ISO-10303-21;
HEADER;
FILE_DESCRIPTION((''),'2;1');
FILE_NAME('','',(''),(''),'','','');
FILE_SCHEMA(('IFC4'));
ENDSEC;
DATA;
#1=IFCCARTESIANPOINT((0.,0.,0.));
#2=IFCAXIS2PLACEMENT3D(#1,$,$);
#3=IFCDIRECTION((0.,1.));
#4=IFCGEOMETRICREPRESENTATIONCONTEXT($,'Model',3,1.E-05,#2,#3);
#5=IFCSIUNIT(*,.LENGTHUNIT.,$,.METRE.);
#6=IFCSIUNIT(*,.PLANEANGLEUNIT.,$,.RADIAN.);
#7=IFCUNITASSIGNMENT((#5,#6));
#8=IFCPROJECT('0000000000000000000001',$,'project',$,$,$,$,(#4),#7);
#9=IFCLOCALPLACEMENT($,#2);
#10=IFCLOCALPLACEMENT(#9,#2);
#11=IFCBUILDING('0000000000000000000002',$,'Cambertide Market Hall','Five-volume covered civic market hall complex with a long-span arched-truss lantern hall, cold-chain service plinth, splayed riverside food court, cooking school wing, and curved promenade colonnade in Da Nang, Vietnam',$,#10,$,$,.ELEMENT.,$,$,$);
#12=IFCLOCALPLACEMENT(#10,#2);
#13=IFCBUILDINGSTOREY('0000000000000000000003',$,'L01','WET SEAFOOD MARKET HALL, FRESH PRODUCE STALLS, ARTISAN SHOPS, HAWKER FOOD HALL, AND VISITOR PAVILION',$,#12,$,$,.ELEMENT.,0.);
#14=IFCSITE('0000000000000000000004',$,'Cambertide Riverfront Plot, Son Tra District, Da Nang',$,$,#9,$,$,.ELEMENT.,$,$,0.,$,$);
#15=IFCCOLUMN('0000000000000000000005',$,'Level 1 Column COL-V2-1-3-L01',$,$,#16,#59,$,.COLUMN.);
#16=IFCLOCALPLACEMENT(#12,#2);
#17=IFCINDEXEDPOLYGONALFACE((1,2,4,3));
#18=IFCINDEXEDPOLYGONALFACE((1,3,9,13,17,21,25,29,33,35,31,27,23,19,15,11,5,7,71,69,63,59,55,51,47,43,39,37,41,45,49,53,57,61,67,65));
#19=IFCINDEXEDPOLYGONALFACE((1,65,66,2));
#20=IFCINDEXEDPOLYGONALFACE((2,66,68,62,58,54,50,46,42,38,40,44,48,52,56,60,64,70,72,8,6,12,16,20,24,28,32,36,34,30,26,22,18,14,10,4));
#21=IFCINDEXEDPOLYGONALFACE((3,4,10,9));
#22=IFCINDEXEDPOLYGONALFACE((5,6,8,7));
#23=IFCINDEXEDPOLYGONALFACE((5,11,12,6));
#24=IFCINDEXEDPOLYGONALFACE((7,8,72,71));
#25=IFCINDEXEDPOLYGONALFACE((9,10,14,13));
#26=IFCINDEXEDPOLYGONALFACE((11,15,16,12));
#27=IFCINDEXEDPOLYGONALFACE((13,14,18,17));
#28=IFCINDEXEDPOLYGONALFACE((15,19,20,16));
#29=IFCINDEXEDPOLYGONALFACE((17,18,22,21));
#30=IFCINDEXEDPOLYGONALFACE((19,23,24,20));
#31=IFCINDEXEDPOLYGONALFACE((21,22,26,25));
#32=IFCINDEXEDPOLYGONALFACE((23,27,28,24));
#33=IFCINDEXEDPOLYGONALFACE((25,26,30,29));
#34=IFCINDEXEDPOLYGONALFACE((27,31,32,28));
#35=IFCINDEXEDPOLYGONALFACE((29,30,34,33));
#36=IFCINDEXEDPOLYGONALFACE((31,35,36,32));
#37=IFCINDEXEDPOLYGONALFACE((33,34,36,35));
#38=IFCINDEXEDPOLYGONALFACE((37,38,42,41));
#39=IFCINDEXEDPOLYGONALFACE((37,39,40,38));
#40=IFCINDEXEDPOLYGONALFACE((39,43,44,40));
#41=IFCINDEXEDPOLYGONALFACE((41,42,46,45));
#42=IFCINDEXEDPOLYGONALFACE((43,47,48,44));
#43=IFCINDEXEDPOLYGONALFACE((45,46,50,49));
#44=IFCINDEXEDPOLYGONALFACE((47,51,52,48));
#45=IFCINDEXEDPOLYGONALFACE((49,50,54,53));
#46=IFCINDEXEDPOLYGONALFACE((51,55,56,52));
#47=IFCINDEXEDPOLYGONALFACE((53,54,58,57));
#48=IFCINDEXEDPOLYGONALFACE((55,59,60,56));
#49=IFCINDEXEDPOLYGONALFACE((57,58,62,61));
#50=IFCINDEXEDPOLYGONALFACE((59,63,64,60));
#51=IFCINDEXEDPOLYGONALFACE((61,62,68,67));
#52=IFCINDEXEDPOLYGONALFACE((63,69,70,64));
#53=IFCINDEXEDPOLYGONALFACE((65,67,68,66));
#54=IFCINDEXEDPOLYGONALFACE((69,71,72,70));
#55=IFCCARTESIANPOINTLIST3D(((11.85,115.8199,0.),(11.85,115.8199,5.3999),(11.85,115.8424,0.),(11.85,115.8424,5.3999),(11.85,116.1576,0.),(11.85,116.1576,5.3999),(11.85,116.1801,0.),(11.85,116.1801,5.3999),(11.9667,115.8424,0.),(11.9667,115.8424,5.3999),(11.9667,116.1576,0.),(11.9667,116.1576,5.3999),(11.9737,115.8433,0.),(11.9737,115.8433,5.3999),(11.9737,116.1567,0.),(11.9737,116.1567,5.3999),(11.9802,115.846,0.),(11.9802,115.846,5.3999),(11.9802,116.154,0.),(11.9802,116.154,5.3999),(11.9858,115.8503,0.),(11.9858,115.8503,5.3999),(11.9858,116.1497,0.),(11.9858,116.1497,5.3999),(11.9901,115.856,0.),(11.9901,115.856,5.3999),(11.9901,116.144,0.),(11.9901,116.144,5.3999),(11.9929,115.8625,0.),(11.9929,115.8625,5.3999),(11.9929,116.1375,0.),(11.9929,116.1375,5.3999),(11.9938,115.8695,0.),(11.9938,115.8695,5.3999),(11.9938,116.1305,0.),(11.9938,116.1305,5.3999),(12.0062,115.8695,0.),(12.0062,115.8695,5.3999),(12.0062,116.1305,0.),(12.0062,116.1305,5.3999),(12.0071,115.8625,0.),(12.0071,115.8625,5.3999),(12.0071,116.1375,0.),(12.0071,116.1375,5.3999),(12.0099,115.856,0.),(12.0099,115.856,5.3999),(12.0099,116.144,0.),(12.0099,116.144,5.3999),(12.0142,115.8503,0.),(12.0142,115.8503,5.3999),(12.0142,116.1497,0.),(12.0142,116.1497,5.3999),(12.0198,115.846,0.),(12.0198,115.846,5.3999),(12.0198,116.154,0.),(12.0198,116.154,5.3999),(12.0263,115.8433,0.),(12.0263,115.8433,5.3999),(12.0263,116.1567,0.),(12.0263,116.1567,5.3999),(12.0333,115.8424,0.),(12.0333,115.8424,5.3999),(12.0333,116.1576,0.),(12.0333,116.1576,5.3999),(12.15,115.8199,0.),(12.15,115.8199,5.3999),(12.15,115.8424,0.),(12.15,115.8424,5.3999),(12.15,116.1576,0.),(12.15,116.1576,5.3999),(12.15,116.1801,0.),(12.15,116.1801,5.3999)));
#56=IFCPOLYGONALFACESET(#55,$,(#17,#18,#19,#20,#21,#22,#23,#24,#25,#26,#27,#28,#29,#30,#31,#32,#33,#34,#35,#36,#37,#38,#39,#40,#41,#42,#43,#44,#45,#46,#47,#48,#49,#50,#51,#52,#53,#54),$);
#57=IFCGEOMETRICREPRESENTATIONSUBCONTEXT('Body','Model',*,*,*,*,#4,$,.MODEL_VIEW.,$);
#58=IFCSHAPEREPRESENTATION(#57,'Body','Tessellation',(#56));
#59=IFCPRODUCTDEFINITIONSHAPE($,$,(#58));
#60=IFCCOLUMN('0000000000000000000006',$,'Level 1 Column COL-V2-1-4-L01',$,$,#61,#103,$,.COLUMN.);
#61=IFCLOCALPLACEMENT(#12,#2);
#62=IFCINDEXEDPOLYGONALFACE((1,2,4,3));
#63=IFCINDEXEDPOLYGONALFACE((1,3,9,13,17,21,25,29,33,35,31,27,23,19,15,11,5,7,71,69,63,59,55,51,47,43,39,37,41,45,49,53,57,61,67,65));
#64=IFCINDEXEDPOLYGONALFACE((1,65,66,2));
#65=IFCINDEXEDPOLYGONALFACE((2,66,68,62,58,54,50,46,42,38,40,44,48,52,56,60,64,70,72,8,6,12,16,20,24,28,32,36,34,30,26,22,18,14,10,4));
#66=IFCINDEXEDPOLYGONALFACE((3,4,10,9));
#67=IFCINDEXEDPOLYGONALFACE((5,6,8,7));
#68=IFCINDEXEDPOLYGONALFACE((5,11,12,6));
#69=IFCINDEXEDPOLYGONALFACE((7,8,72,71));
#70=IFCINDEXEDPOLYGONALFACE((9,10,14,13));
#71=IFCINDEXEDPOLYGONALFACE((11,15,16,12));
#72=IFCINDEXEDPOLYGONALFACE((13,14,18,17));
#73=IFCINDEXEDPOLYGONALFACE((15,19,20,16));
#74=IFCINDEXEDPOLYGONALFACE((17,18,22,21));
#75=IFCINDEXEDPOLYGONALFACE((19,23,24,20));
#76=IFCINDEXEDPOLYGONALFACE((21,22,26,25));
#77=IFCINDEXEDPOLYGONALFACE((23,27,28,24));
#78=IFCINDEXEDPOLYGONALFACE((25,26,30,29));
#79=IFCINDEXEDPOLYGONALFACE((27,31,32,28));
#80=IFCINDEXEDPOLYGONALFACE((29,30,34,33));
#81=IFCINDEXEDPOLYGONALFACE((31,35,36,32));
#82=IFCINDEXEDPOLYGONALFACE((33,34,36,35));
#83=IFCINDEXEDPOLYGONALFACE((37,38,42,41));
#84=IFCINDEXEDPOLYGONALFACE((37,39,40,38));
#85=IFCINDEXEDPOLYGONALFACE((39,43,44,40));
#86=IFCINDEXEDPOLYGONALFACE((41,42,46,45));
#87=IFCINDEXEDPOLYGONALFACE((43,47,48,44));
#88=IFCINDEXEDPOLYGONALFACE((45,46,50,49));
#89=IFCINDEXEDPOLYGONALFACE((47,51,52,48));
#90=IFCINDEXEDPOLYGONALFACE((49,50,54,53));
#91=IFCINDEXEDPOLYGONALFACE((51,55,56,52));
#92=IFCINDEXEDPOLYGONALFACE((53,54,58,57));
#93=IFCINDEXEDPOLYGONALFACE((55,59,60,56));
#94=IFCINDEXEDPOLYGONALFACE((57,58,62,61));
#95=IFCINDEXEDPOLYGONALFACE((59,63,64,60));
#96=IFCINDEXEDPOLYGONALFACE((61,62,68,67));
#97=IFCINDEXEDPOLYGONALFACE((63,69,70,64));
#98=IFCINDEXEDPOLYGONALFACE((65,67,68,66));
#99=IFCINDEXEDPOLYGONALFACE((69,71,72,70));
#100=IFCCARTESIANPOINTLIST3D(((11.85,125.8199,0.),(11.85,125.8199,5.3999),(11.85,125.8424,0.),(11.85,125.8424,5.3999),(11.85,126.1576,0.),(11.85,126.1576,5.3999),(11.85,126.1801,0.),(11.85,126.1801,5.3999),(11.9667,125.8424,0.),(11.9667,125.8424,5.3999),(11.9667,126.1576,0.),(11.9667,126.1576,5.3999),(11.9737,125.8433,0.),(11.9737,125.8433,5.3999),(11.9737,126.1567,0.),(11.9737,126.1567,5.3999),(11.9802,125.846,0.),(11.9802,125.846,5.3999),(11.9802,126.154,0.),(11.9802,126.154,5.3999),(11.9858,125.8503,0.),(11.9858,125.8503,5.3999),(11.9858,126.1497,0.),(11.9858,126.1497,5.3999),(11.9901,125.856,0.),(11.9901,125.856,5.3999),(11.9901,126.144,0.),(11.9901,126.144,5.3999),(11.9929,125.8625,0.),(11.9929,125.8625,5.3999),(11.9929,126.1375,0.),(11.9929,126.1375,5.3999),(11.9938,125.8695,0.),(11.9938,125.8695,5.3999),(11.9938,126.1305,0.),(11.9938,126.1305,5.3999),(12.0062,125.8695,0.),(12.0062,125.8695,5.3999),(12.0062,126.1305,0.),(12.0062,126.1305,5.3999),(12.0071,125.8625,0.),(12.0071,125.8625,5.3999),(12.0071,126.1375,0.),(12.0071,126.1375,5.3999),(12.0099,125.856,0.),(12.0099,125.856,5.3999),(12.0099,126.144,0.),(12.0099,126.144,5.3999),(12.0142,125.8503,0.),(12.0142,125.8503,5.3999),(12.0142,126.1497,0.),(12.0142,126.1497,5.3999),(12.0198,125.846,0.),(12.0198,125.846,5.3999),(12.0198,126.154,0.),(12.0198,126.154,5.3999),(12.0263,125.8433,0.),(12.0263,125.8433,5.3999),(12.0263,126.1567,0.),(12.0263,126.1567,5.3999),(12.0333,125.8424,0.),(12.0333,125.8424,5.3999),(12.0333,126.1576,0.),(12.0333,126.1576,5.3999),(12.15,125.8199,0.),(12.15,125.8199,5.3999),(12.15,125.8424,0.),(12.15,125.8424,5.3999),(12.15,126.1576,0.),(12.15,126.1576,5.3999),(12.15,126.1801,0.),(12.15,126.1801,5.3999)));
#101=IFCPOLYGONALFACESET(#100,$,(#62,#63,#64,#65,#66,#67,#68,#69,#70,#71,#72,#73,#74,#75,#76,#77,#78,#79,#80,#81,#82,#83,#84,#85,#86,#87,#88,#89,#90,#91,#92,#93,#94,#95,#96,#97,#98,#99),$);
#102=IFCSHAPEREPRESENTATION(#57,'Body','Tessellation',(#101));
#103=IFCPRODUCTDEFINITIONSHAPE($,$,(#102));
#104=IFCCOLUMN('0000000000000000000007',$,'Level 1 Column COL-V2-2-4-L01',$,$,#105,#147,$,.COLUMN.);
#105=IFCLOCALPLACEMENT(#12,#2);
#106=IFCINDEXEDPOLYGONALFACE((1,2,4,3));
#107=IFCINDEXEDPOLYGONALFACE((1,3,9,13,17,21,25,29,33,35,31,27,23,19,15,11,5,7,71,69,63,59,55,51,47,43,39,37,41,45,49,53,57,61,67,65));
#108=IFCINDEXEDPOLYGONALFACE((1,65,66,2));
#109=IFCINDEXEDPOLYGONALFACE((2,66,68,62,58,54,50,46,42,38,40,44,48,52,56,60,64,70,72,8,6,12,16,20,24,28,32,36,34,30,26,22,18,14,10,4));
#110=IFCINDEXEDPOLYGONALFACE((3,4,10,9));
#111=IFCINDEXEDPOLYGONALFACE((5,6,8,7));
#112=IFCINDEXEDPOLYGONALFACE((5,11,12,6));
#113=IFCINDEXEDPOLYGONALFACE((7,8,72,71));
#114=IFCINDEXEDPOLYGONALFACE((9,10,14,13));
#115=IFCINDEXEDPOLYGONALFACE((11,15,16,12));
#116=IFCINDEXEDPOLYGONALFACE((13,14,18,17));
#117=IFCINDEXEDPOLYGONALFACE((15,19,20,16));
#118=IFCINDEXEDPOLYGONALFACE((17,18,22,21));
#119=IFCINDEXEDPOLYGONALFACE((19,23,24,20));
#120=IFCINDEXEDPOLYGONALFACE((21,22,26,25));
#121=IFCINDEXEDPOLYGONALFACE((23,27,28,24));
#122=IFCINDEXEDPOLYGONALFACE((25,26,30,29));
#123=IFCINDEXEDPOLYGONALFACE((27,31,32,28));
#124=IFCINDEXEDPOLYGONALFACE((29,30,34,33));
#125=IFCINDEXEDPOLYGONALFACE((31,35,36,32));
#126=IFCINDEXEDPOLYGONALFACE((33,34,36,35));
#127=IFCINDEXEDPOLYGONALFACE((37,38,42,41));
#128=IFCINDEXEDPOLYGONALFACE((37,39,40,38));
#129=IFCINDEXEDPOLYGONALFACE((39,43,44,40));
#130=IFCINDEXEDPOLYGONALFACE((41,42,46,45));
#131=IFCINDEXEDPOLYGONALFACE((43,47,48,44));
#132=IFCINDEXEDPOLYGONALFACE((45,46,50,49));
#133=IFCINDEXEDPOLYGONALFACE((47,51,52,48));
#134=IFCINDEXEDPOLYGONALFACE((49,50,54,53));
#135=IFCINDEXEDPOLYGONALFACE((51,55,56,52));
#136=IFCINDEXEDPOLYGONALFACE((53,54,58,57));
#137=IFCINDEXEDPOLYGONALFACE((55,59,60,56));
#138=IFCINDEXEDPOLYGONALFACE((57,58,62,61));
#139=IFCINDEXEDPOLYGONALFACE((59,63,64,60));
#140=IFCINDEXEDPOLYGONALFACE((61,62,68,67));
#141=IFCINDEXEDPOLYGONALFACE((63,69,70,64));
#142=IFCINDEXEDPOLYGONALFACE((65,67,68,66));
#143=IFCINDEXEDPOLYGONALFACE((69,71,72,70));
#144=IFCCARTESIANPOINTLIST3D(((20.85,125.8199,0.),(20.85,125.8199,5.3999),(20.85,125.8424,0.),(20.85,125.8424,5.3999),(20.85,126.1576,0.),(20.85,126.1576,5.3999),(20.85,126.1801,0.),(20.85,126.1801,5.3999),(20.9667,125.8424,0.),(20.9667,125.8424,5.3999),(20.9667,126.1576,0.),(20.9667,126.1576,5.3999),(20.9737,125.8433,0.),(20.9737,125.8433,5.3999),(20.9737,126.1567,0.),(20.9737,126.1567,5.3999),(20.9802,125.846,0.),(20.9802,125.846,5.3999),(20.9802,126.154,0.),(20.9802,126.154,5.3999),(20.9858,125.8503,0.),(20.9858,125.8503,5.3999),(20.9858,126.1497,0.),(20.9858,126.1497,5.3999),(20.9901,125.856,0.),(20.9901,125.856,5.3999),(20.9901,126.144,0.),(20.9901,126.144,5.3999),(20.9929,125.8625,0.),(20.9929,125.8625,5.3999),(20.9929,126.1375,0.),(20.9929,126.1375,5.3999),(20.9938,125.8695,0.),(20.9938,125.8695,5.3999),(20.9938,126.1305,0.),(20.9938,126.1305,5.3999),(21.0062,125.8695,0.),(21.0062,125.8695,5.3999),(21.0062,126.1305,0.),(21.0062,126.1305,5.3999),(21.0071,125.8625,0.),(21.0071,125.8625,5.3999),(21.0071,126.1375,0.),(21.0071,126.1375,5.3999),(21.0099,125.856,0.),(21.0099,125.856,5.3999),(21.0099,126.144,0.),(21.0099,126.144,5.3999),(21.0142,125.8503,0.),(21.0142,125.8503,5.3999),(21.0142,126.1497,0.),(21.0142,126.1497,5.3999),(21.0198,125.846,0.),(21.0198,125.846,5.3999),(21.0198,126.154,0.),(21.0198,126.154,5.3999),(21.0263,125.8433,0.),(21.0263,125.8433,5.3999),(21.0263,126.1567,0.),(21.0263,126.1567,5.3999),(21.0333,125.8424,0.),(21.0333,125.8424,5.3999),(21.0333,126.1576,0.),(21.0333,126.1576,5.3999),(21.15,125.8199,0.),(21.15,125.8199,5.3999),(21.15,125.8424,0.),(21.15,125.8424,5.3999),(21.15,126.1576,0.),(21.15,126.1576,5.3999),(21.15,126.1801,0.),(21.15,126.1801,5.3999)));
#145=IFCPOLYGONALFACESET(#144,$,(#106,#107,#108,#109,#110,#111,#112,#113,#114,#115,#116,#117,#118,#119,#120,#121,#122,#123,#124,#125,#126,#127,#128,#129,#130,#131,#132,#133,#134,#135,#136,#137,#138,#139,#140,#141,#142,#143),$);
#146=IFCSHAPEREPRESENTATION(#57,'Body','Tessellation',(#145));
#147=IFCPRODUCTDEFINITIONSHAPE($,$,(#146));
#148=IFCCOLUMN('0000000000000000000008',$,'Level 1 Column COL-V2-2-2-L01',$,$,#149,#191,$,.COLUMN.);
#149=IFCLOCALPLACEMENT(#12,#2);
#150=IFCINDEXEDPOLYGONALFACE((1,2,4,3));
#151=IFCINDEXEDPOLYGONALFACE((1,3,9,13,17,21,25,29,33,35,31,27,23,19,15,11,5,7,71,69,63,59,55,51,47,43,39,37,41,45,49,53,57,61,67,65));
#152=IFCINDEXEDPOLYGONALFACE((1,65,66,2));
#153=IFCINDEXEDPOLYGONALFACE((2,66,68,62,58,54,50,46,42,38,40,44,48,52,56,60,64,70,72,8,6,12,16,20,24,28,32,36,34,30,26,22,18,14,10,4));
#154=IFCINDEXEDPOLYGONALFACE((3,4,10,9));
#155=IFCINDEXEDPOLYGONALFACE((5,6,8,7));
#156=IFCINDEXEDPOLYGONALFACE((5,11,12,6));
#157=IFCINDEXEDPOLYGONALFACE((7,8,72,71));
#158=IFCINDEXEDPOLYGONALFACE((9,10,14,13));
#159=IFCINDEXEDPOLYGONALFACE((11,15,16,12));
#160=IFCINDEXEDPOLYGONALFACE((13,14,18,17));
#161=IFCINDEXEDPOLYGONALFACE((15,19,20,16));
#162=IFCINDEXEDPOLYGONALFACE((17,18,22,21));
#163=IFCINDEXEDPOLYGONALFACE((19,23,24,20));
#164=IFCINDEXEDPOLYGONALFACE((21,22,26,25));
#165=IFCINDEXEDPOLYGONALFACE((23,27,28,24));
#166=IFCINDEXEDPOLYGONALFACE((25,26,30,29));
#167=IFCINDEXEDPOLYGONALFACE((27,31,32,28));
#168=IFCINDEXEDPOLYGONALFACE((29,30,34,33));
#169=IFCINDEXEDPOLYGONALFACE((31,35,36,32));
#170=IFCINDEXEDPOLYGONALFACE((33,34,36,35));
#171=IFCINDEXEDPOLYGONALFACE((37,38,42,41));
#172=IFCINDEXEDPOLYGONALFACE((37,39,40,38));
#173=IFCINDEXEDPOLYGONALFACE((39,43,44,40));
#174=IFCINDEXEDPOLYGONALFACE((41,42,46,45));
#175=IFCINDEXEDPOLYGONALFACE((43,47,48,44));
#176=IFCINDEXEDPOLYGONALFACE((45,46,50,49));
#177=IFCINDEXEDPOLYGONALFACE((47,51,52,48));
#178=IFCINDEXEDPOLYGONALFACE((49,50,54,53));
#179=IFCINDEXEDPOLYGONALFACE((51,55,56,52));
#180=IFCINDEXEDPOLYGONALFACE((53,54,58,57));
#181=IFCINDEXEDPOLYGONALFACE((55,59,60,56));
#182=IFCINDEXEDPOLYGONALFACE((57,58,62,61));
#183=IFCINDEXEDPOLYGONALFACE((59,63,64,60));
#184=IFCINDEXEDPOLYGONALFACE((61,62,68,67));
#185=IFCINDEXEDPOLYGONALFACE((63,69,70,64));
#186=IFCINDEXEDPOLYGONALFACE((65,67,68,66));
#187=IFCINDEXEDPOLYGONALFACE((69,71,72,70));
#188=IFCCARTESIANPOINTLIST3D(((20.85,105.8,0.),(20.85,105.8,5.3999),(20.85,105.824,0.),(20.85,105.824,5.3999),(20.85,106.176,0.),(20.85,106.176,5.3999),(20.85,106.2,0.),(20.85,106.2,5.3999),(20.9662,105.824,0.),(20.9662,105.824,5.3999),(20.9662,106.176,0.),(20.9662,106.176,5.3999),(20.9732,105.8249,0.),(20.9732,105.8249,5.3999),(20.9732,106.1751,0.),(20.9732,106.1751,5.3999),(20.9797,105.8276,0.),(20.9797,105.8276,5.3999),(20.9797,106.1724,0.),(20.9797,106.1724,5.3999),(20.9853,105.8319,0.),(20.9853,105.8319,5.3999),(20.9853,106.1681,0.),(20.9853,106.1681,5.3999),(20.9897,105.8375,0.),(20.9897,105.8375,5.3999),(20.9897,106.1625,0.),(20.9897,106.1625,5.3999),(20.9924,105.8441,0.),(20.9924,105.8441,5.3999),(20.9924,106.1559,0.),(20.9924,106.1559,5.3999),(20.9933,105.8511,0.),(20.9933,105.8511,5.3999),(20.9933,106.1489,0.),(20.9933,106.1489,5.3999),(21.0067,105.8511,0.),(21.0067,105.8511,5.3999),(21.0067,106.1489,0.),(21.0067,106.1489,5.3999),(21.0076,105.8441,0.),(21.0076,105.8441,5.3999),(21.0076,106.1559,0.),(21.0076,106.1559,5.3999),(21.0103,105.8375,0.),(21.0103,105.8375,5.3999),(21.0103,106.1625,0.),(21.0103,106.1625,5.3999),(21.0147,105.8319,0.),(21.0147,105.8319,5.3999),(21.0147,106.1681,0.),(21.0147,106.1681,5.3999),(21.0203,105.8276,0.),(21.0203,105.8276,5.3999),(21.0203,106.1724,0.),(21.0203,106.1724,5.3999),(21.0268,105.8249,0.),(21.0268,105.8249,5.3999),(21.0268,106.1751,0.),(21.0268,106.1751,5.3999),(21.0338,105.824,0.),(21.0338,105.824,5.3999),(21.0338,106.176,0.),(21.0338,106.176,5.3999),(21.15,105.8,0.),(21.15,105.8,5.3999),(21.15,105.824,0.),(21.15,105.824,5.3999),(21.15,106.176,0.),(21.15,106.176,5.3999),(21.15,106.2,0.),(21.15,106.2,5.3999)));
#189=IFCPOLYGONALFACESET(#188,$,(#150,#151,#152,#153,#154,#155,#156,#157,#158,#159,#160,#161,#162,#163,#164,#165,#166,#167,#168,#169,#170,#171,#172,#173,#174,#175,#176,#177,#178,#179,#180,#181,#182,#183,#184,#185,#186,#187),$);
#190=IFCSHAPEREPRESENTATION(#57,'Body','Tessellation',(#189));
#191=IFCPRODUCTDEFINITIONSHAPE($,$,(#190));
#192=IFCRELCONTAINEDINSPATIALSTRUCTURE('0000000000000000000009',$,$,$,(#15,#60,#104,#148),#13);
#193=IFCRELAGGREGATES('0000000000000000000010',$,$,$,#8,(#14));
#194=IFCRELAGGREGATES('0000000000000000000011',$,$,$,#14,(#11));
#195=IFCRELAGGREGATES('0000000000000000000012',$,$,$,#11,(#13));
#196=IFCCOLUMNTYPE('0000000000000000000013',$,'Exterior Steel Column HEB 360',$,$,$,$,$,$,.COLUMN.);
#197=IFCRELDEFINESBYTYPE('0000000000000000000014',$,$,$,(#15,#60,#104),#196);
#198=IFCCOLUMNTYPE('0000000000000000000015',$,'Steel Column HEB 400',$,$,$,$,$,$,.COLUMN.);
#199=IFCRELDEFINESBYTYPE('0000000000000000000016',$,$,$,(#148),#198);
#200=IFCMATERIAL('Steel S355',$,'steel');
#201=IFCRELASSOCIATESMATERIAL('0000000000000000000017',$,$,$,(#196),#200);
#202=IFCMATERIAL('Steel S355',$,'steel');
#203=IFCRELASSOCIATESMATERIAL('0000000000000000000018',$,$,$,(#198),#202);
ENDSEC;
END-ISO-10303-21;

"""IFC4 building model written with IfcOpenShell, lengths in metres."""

from ifc_helpers import new_model, si_unit, direction, frame, origin, origin_2d, place, context, subcontext, project, spatial, i_section, extrude, material, material_profile, profile_set, type_object, element, save


model = new_model("IFC4")

# Units and contexts
model_context = context("Model", 3, precision=1e-05, world=origin(), true_north=direction((0.0, 1.0)))
body_context = subcontext(model_context, "Body", "Model", "MODEL_VIEW")
ifc_project = project(units=[si_unit("LENGTHUNIT", "METRE"), si_unit("PLANEANGLEUNIT", "RADIAN")], contexts=[model_context])

# Site, building, storey
site_placement = place(None, origin())
site = spatial("IfcSite", under=ifc_project, at=site_placement, Name="Cambertide Riverfront Plot, Son Tra District, Da Nang", CompositionType="ELEMENT", RefElevation=0.0)
building_placement = place(site_placement, origin())
building = spatial("IfcBuilding", under=site, at=building_placement, Name="Cambertide Market Hall", Description="Five-volume covered civic market hall complex with a long-span arched-truss lantern hall, cold-chain service plinth, splayed riverside food court, cooking school wing, and curved promenade colonnade in Da Nang, Vietnam", CompositionType="ELEMENT")
storey_placement = place(building_placement, origin())
storey = spatial("IfcBuildingStorey", under=building, at=storey_placement, Name="L01", Description="WET SEAFOOD MARKET HALL, FRESH PRODUCE STALLS, ARTISAN SHOPS, HAWKER FOOD HALL, AND VISITOR PAVILION", CompositionType="ELEMENT", Elevation=0.0)

# Columns
ifc_material_1 = material(Name="Steel S355", Category="steel")
ifc_material_profile_1 = material_profile(ifc_material_1, i_section(OverallWidth=0.3, OverallDepth=0.3601, WebThickness=0.0125, FlangeThickness=0.0225, FilletRadius=0.0271, at=origin_2d()), Name="HEB 360")
ifc_profile_set_1 = profile_set([ifc_material_profile_1], Name="Steel S355")
column_type_1 = type_object("IfcColumnType", Name="Exterior Steel Column HEB 360", PredefinedType="COLUMN", material=ifc_profile_set_1)
for number, where, z_axis, x_axis, name in (
    (1, (12.0, 116.0, 0.0), (0.0, 0.0, 1.0), (1.0, 0.0, 0.0), "Level 1 Column COL-V2-1-3-L01"),
    (2, (12.0, 126.0, 0.0), (0.0, 0.0, 1.0), (1.0, 0.0, 0.0), "Level 1 Column COL-V2-1-4-L01"),
    (3, (21.0, 126.0, 0.0), (0.0, 0.0, 1.0), (1.0, 0.0, 0.0), "Level 1 Column COL-V2-2-4-L01"),
):
    element("IfcColumn", number, at=place(storey_placement, frame(where, z_axis=z_axis, x_axis=x_axis)), inside=storey, type_object=column_type_1, Name=name, PredefinedType="COLUMN", context=body_context, shape_type="SweptSolid", body=[
        extrude(i_section(OverallWidth=0.3, OverallDepth=0.3601, WebThickness=0.0125, FlangeThickness=0.0225, FilletRadius=0.0271, at=origin_2d()), origin(), (0.0, 0.0, 1.0), 5.3999),
    ])
ifc_material_2 = material(Name="Steel S355", Category="steel")
ifc_material_profile_2 = material_profile(ifc_material_2, i_section(OverallWidth=0.3, OverallDepth=0.3999, WebThickness=0.0134, FlangeThickness=0.0239, FilletRadius=0.0271, at=origin_2d()), Name="HEB 400")
ifc_profile_set_2 = profile_set([ifc_material_profile_2], Name="Steel S355")
column_type_2 = type_object("IfcColumnType", Name="Steel Column HEB 400", PredefinedType="COLUMN", material=ifc_profile_set_2)
for number, where, z_axis, x_axis, name in (
    (4, (21.0, 106.0, 0.0), (0.0, 0.0, 1.0), (1.0, 0.0, 0.0), "Level 1 Column COL-V2-2-2-L01"),
):
    element("IfcColumn", number, at=place(storey_placement, frame(where, z_axis=z_axis, x_axis=x_axis)), inside=storey, type_object=column_type_2, Name=name, PredefinedType="COLUMN", context=body_context, shape_type="SweptSolid", body=[
        extrude(i_section(OverallWidth=0.3, OverallDepth=0.3999, WebThickness=0.0134, FlangeThickness=0.0239, FilletRadius=0.0271, at=origin_2d()), origin(), (0.0, 0.0, 1.0), 5.3999),
    ])

save(model, "model.ifc")
